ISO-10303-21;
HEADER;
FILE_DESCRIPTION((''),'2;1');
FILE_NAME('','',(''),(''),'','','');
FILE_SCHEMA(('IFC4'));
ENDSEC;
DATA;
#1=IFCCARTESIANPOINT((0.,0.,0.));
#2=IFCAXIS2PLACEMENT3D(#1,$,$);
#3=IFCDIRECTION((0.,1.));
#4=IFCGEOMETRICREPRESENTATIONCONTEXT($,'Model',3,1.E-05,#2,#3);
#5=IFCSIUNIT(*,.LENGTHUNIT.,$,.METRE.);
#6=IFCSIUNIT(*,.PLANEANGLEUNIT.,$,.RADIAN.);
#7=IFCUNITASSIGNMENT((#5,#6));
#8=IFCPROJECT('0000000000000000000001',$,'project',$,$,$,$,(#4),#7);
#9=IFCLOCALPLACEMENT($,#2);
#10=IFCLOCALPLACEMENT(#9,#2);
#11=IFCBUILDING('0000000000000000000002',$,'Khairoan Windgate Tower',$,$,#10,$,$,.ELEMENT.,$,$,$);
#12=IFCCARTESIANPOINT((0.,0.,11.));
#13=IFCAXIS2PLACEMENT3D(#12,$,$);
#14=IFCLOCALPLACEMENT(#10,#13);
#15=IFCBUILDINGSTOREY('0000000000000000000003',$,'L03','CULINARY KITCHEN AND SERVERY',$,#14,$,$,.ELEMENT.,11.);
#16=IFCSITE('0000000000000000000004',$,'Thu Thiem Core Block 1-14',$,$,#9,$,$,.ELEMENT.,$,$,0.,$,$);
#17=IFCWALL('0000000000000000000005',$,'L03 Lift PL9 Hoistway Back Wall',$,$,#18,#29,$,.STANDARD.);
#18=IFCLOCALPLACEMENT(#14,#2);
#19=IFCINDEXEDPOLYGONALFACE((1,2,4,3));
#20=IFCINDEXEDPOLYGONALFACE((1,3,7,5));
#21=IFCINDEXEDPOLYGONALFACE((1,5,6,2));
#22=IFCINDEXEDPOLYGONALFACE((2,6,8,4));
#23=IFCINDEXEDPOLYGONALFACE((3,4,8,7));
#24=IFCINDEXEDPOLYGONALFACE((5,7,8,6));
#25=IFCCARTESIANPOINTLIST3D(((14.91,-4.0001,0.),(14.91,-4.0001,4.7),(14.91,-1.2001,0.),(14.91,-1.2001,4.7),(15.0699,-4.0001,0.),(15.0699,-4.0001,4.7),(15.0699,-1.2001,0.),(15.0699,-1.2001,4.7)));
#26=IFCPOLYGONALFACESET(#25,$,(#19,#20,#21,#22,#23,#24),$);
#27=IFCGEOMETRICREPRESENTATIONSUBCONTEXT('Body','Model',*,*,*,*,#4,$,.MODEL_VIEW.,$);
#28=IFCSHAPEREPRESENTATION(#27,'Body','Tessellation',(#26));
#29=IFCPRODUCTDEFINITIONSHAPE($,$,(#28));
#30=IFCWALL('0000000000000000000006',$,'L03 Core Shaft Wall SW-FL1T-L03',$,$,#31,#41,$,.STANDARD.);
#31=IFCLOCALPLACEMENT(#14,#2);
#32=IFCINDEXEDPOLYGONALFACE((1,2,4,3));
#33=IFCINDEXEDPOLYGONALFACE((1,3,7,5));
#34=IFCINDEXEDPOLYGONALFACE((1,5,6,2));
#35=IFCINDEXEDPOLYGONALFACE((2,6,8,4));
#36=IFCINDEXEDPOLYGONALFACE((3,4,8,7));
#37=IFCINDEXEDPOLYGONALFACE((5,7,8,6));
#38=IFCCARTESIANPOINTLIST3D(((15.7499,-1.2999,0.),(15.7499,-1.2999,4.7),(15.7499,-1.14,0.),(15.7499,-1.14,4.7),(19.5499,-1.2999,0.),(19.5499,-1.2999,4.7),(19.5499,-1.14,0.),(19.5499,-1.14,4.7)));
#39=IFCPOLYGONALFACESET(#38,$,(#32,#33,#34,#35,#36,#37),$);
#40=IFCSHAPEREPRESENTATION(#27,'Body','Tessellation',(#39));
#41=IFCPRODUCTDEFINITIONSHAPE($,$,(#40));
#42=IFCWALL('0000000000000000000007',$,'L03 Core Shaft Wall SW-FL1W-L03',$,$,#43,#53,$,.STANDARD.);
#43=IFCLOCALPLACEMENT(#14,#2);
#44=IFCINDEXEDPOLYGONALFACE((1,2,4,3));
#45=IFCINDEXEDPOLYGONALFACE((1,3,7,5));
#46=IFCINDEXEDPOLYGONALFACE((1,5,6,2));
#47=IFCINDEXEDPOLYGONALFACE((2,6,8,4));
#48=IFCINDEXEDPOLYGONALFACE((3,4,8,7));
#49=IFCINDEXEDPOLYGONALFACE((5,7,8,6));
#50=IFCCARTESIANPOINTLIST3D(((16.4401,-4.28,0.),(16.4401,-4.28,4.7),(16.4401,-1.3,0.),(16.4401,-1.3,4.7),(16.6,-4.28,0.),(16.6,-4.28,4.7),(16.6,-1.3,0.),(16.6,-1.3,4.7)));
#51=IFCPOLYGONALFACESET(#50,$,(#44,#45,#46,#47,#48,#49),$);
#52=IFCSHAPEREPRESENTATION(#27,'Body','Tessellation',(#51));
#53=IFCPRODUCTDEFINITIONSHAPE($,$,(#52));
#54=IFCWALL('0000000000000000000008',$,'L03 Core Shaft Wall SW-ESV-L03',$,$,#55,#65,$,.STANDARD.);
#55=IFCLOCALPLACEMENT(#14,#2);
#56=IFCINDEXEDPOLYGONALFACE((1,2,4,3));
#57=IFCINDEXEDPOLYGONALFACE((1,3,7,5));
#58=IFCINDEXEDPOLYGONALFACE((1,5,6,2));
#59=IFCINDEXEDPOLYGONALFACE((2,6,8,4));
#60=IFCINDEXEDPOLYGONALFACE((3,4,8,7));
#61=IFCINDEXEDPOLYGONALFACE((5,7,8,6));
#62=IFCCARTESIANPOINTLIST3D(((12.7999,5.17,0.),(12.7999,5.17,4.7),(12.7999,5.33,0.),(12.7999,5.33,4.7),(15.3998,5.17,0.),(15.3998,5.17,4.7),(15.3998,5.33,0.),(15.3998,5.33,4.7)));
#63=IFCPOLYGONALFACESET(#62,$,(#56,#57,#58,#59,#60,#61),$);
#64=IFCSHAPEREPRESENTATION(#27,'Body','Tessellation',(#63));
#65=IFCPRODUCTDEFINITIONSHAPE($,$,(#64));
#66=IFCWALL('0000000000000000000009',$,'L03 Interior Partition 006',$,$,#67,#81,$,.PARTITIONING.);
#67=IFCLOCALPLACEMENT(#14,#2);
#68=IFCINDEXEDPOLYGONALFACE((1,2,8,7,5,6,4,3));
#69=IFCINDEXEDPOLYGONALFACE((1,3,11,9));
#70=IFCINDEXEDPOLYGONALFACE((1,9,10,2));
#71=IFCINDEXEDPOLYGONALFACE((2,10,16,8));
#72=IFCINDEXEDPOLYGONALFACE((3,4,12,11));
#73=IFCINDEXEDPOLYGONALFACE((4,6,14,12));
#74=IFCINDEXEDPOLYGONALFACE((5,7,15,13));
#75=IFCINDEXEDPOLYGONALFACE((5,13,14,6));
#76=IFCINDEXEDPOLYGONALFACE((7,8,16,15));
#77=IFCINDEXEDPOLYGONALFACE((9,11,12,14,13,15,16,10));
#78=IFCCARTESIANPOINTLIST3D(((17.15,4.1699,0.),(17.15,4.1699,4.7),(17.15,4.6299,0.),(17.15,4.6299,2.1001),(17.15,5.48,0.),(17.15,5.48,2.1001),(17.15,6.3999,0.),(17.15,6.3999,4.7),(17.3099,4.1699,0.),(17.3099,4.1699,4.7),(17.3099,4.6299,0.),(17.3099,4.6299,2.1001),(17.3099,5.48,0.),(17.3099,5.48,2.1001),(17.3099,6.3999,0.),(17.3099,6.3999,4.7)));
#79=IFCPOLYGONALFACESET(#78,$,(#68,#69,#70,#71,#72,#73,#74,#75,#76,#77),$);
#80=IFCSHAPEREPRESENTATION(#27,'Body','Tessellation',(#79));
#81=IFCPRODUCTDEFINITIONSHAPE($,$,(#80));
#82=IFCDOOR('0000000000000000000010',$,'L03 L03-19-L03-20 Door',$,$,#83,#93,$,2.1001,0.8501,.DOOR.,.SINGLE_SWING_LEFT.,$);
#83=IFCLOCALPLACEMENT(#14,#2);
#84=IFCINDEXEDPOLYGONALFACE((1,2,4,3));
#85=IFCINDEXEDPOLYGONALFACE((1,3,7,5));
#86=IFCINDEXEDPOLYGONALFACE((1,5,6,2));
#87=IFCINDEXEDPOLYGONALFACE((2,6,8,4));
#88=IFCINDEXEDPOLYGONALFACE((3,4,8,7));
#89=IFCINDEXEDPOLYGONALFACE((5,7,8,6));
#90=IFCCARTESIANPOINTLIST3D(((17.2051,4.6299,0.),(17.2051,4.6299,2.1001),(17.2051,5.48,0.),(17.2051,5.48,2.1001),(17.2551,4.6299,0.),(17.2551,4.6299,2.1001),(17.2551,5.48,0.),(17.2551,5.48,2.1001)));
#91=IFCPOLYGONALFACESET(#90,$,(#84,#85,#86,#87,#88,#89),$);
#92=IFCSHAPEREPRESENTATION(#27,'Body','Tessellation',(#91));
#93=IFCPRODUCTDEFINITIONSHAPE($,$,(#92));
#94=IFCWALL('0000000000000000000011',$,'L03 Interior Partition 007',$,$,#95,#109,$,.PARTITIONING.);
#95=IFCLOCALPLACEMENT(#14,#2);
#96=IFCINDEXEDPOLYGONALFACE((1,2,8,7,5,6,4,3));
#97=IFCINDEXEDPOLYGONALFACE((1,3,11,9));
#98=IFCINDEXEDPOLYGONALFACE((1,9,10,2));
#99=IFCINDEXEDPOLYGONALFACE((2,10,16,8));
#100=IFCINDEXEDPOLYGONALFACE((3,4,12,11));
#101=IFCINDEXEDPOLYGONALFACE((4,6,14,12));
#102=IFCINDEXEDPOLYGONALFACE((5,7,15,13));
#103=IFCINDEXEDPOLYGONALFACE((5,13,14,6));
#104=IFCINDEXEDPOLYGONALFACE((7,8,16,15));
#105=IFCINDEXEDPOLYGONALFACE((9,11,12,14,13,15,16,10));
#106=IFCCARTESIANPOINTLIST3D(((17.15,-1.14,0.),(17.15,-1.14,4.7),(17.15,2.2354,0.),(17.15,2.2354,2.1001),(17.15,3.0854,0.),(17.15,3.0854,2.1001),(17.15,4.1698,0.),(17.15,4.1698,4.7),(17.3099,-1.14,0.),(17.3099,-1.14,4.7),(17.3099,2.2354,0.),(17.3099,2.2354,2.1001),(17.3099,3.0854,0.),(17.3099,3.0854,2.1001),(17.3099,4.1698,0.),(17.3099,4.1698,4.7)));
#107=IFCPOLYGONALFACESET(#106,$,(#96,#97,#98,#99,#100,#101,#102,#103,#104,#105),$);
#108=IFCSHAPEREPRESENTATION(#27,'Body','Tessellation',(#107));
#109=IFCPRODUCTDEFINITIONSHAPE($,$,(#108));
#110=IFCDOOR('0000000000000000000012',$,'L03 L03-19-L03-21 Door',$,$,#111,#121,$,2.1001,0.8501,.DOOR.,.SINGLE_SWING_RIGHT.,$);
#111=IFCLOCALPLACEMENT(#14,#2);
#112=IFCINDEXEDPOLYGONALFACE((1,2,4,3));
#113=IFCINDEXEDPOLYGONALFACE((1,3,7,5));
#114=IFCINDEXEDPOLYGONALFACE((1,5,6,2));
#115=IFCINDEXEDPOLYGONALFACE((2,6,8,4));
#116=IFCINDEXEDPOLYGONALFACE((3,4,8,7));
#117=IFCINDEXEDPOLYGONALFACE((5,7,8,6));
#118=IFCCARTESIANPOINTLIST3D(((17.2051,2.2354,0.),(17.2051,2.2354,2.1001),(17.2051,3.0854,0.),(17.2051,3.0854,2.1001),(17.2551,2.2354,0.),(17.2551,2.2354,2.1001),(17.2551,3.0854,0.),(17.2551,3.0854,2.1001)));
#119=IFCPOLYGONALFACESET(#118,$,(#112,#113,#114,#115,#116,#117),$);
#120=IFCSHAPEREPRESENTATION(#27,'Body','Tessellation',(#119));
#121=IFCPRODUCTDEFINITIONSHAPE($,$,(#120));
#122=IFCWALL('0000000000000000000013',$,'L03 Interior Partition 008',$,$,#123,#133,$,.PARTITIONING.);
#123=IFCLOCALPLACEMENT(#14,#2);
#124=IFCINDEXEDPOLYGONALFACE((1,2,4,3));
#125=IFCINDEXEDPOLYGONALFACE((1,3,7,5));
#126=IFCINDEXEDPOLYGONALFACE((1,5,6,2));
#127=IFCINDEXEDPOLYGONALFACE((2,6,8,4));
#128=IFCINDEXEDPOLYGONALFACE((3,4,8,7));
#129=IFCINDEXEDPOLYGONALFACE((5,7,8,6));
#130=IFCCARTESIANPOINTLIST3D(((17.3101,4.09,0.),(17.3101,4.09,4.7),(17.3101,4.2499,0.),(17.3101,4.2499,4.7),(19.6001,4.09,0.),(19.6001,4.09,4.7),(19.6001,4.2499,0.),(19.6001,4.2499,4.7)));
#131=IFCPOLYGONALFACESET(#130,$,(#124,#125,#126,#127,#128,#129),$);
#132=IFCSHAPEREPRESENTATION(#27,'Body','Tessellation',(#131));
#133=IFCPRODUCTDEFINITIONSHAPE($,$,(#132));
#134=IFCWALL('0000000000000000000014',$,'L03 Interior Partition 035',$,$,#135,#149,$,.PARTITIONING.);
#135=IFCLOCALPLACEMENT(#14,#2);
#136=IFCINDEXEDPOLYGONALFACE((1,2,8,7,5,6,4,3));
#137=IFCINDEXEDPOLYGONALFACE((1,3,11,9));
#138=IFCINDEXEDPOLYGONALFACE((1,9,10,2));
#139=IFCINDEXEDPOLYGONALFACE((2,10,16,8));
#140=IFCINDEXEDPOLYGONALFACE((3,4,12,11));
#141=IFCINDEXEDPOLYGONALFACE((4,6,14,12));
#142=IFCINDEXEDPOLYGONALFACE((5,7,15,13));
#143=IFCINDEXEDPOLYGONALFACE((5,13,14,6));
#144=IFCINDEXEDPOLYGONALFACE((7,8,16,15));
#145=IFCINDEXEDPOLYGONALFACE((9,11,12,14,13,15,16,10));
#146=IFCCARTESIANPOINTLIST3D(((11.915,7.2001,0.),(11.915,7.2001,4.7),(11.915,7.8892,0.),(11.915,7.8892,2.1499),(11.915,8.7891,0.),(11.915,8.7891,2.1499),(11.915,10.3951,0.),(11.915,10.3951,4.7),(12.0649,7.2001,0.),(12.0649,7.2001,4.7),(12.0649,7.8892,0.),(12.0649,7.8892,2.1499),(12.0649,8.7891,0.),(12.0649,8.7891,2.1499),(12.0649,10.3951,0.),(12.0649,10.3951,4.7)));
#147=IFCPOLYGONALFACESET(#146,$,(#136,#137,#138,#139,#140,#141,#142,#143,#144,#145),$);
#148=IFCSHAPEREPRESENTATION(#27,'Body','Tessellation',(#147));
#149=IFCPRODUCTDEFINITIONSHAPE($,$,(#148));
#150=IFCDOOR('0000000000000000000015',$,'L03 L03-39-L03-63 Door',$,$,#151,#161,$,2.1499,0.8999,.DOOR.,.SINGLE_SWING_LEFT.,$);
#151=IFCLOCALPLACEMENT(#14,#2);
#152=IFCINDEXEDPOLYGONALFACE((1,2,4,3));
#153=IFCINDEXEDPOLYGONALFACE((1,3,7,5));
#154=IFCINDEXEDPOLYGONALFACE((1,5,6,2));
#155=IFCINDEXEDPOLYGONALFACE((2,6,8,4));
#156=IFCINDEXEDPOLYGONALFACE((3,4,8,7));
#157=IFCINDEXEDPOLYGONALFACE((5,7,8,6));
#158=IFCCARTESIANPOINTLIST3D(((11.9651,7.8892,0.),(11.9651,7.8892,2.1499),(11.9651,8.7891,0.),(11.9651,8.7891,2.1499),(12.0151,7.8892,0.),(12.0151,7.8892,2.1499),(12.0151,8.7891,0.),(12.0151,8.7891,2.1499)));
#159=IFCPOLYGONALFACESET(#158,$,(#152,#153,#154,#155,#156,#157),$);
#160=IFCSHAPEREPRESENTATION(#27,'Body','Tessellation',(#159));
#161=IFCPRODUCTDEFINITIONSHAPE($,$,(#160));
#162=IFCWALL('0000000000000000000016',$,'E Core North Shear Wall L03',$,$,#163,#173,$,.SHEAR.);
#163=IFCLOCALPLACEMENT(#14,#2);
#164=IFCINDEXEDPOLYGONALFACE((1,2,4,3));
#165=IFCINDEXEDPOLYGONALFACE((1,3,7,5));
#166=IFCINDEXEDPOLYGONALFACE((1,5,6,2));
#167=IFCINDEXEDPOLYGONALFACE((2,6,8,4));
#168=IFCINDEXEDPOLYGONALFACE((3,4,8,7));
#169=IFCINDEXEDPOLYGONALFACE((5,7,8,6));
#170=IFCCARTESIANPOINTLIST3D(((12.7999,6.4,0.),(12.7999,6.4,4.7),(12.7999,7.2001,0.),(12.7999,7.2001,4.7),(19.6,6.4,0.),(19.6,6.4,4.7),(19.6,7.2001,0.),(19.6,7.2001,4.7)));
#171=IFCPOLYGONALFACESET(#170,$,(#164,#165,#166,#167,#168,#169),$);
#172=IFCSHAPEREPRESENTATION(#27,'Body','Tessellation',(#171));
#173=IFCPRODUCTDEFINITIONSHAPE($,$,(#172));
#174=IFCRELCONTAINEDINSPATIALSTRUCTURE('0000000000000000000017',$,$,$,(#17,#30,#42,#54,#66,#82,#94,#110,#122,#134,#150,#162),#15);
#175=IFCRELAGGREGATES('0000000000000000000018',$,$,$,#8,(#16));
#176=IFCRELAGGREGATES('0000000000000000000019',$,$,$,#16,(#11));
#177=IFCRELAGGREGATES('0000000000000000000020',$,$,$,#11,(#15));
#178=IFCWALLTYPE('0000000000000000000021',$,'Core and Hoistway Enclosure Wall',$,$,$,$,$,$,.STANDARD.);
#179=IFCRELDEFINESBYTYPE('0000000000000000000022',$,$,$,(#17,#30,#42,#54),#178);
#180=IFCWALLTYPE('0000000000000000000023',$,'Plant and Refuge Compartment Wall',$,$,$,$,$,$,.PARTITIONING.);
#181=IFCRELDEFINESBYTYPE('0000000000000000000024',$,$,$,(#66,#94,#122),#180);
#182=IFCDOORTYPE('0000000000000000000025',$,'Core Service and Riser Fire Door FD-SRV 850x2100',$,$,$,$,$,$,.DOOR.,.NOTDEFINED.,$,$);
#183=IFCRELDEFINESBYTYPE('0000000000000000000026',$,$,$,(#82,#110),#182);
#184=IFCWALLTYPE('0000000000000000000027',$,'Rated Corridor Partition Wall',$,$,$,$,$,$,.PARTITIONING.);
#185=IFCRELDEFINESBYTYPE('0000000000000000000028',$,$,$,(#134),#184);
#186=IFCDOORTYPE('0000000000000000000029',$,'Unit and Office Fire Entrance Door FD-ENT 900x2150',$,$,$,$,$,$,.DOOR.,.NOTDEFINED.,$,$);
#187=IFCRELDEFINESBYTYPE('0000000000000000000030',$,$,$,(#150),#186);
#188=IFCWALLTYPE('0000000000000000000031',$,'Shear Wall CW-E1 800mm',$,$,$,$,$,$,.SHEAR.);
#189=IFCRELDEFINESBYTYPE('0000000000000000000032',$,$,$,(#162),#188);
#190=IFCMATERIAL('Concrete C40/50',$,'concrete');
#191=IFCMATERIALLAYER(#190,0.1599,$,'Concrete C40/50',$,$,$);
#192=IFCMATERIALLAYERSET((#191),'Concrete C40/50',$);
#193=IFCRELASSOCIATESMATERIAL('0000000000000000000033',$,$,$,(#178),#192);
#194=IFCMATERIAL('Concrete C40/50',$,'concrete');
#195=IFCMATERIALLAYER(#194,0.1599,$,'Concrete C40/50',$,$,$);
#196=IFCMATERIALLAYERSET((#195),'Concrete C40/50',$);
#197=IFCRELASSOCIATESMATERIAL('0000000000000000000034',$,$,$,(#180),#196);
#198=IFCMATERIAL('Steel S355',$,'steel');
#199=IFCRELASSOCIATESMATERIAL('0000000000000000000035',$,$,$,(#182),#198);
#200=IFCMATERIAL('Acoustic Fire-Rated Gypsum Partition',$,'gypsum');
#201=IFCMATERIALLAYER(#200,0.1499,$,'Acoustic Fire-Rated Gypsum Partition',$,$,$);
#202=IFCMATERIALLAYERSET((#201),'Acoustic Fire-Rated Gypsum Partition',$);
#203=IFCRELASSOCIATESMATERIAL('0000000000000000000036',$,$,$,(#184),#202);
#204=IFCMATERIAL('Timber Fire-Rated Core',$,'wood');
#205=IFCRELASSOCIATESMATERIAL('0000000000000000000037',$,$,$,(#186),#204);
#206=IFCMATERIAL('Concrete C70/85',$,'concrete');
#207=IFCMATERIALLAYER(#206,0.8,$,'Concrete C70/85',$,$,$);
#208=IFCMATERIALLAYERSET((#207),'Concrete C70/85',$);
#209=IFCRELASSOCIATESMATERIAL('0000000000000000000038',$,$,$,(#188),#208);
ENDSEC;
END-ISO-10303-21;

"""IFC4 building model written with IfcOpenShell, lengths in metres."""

from ifc_helpers import new_model, si_unit, direction, frame, frame_2d, origin, place, context, subcontext, project, spatial, rectangle, extrude, material, layer, layer_set, type_object, element, fill, save


model = new_model("IFC4")

# Units and contexts
model_context = context("Model", 3, precision=1e-05, world=origin(), true_north=direction((0.0, 1.0)))
body_context = subcontext(model_context, "Body", "Model", "MODEL_VIEW")
ifc_project = project(units=[si_unit("LENGTHUNIT", "METRE"), si_unit("PLANEANGLEUNIT", "RADIAN")], contexts=[model_context])

# Site, building, storey
site_placement = place(None, origin())
site = spatial("IfcSite", under=ifc_project, at=site_placement, Name="Thu Thiem Core Block 1-14", CompositionType="ELEMENT", RefElevation=0.0)
building_placement = place(site_placement, origin())
building = spatial("IfcBuilding", under=site, at=building_placement, Name="Khairoan Windgate Tower", CompositionType="ELEMENT")
storey_placement = place(building_placement, frame((0.0, 0.0, 11.0)))
storey = spatial("IfcBuildingStorey", under=building, at=storey_placement, Name="L03", Description="CULINARY KITCHEN AND SERVERY", CompositionType="ELEMENT", Elevation=11.0)

# Walls
ifc_material_1 = material(Name="Concrete C40/50", Category="concrete")
ifc_layer_1 = layer(ifc_material_1, 0.1599, Name="Concrete C40/50")
ifc_layer_set_1 = layer_set([ifc_layer_1], Name="Concrete C40/50")
wall_type_1 = type_object("IfcWallType", Name="Core and Hoistway Enclosure Wall", PredefinedType="STANDARD", material=ifc_layer_set_1)
wall_1_placement = place(storey_placement, frame((14.99, -4.0, 0.0), z_axis=(0.0, 0.0, 1.0), x_axis=(0.0, 1.0, 0.0)))
element("IfcWall", 1, at=wall_1_placement, inside=storey, type_object=wall_type_1, Name="L03 Lift PL9 Hoistway Back Wall", PredefinedType="STANDARD", context=body_context, shape_type="SweptSolid", body=[
    extrude(rectangle(XDim=2.8, YDim=0.1599, at=frame_2d((1.3999, 0.0))), origin(), (0.0, 0.0, 1.0), 4.7),
])
wall_2_placement = place(storey_placement, frame((15.75, -1.22, 0.0), z_axis=(0.0, 0.0, 1.0), x_axis=(1.0, 0.0, 0.0)))
element("IfcWall", 2, at=wall_2_placement, inside=storey, type_object=wall_type_1, Name="L03 Core Shaft Wall SW-FL1T-L03", PredefinedType="STANDARD", context=body_context, shape_type="SweptSolid", body=[
    extrude(rectangle(XDim=3.8, YDim=0.1599, at=frame_2d((1.8999, 0.0))), origin(), (0.0, 0.0, 1.0), 4.7),
])
wall_3_placement = place(storey_placement, frame((16.52, -4.28, 0.0), z_axis=(0.0, 0.0, 1.0), x_axis=(0.0, 1.0, 0.0)))
element("IfcWall", 3, at=wall_3_placement, inside=storey, type_object=wall_type_1, Name="L03 Core Shaft Wall SW-FL1W-L03", PredefinedType="STANDARD", context=body_context, shape_type="SweptSolid", body=[
    extrude(rectangle(XDim=2.98, YDim=0.1599, at=frame_2d((1.49, 0.0))), origin(), (0.0, 0.0, 1.0), 4.7),
])
wall_4_placement = place(storey_placement, frame((12.8, 5.25, 0.0), z_axis=(0.0, 0.0, 1.0), x_axis=(1.0, 0.0, 0.0)))
element("IfcWall", 4, at=wall_4_placement, inside=storey, type_object=wall_type_1, Name="L03 Core Shaft Wall SW-ESV-L03", PredefinedType="STANDARD", context=body_context, shape_type="SweptSolid", body=[
    extrude(rectangle(XDim=2.5999, YDim=0.1599, at=frame_2d((1.2998, 0.0))), origin(), (0.0, 0.0, 1.0), 4.7),
])

# Walls, openings, doors
ifc_material_2 = material(Name="Concrete C40/50", Category="concrete")
ifc_layer_2 = layer(ifc_material_2, 0.1599, Name="Concrete C40/50")
ifc_layer_set_2 = layer_set([ifc_layer_2], Name="Concrete C40/50")
wall_type_2 = type_object("IfcWallType", Name="Plant and Refuge Compartment Wall", PredefinedType="PARTITIONING", material=ifc_layer_set_2)
wall_5_placement = place(storey_placement, frame((17.23, 4.1699, 0.0), z_axis=(0.0, 0.0, 1.0), x_axis=(0.0, 1.0, 0.0)))
wall_5 = element("IfcWall", 5, at=wall_5_placement, inside=storey, type_object=wall_type_2, Name="L03 Interior Partition 006", PredefinedType="PARTITIONING", context=body_context, shape_type="SweptSolid", body=[
    extrude(rectangle(XDim=2.23, YDim=0.1599, at=frame_2d((1.115, 0.0))), origin(), (0.0, 0.0, 1.0), 4.7),
])
opening_1_placement = place(wall_5_placement, frame((0.46, 0.0, 0.0)))
opening_1 = element("IfcOpeningElement", 6, at=opening_1_placement, cuts=wall_5, PredefinedType="OPENING", context=body_context, shape_type="SweptSolid", body=[
    extrude(rectangle(XDim=0.8501, YDim=2.1001, at=frame_2d((0.425, 1.05))), frame((0.0, 0.0898, 0.0), z_axis=(0.0, -1.0, 0.0), x_axis=(1.0, 0.0, 0.0)), (0.0, 0.0, 1.0), 0.1799),
])
ifc_material_3 = material(Name="Steel S355", Category="steel")
door_type_1 = type_object("IfcDoorType", Name="Core Service and Riser Fire Door FD-SRV 850x2100", OperationType="NOTDEFINED", PredefinedType="DOOR", material=ifc_material_3)
door_1_placement = place(opening_1_placement, origin())
door_1 = element("IfcDoor", 7, at=door_1_placement, inside=storey, type_object=door_type_1, Name="L03 L03-19-L03-20 Door", OperationType="SINGLE_SWING_LEFT", OverallHeight=2.1001, OverallWidth=0.8501, PredefinedType="DOOR", context=body_context, shape_type="SweptSolid", body=[
    extrude(rectangle(XDim=0.8501, YDim=2.1001, at=frame_2d((0.425, 1.05))), frame((0.0, 0.0249, 0.0), z_axis=(0.0, -1.0, 0.0), x_axis=(1.0, 0.0, 0.0)), (0.0, 0.0, 1.0), 0.05),
])
fill(opening_1, door_1)
wall_6_placement = place(storey_placement, frame((17.23, -1.1399, 0.0), z_axis=(0.0, 0.0, 1.0), x_axis=(0.0, 1.0, 0.0)))
wall_6 = element("IfcWall", 8, at=wall_6_placement, inside=storey, type_object=wall_type_2, Name="L03 Interior Partition 007", PredefinedType="PARTITIONING", context=body_context, shape_type="SweptSolid", body=[
    extrude(rectangle(XDim=5.3098, YDim=0.1599, at=frame_2d((2.6548, 0.0))), origin(), (0.0, 0.0, 1.0), 4.7),
])
opening_2_placement = place(wall_6_placement, frame((3.3752, 0.0, 0.0)))
opening_2 = element("IfcOpeningElement", 9, at=opening_2_placement, cuts=wall_6, PredefinedType="OPENING", context=body_context, shape_type="SweptSolid", body=[
    extrude(rectangle(XDim=0.8501, YDim=2.1001, at=frame_2d((0.425, 1.05))), frame((0.0, 0.0898, 0.0), z_axis=(0.0, -1.0, 0.0), x_axis=(1.0, 0.0, 0.0)), (0.0, 0.0, 1.0), 0.1799),
])
door_2_placement = place(opening_2_placement, origin())
door_2 = element("IfcDoor", 10, at=door_2_placement, inside=storey, type_object=door_type_1, Name="L03 L03-19-L03-21 Door", OperationType="SINGLE_SWING_RIGHT", OverallHeight=2.1001, OverallWidth=0.8501, PredefinedType="DOOR", context=body_context, shape_type="SweptSolid", body=[
    extrude(rectangle(XDim=0.8501, YDim=2.1001, at=frame_2d((0.425, 1.05))), frame((0.0, 0.0249, 0.0), z_axis=(0.0, -1.0, 0.0), x_axis=(1.0, 0.0, 0.0)), (0.0, 0.0, 1.0), 0.05),
])
fill(opening_2, door_2)

# Wall
wall_7_placement = place(storey_placement, frame((17.3101, 4.1699, 0.0), z_axis=(0.0, 0.0, 1.0), x_axis=(1.0, 0.0, 0.0)))
element("IfcWall", 11, at=wall_7_placement, inside=storey, type_object=wall_type_2, Name="L03 Interior Partition 008", PredefinedType="PARTITIONING", context=body_context, shape_type="SweptSolid", body=[
    extrude(rectangle(XDim=2.29, YDim=0.1599, at=frame_2d((1.145, 0.0))), origin(), (0.0, 0.0, 1.0), 4.7),
])

# Wall, opening, door
ifc_material_4 = material(Name="Acoustic Fire-Rated Gypsum Partition", Category="gypsum")
ifc_layer_3 = layer(ifc_material_4, 0.1499, Name="Acoustic Fire-Rated Gypsum Partition")
ifc_layer_set_3 = layer_set([ifc_layer_3], Name="Acoustic Fire-Rated Gypsum Partition")
wall_type_3 = type_object("IfcWallType", Name="Rated Corridor Partition Wall", PredefinedType="PARTITIONING", material=ifc_layer_set_3)
wall_8_placement = place(storey_placement, frame((11.99, 7.2, 0.0), z_axis=(0.0, 0.0, 1.0), x_axis=(0.0, 1.0, 0.0)))
wall_8 = element("IfcWall", 12, at=wall_8_placement, inside=storey, type_object=wall_type_3, Name="L03 Interior Partition 035", PredefinedType="PARTITIONING", context=body_context, shape_type="SweptSolid", body=[
    extrude(rectangle(XDim=3.1951, YDim=0.1499, at=frame_2d((1.5977, 0.0))), origin(), (0.0, 0.0, 1.0), 4.7),
])
opening_3_placement = place(wall_8_placement, frame((0.6892, 0.0, 0.0)))
opening_3 = element("IfcOpeningElement", 13, at=opening_3_placement, cuts=wall_8, PredefinedType="OPENING", context=body_context, shape_type="SweptSolid", body=[
    extrude(rectangle(XDim=0.8999, YDim=2.1499, at=frame_2d((0.45, 1.075))), frame((0.0, 0.085, 0.0), z_axis=(0.0, -1.0, 0.0), x_axis=(1.0, 0.0, 0.0)), (0.0, 0.0, 1.0), 0.1699),
])
ifc_material_5 = material(Name="Timber Fire-Rated Core", Category="wood")
door_type_2 = type_object("IfcDoorType", Name="Unit and Office Fire Entrance Door FD-ENT 900x2150", OperationType="NOTDEFINED", PredefinedType="DOOR", material=ifc_material_5)
door_3_placement = place(opening_3_placement, origin())
door_3 = element("IfcDoor", 14, at=door_3_placement, inside=storey, type_object=door_type_2, Name="L03 L03-39-L03-63 Door", OperationType="SINGLE_SWING_LEFT", OverallHeight=2.1499, OverallWidth=0.8999, PredefinedType="DOOR", context=body_context, shape_type="SweptSolid", body=[
    extrude(rectangle(XDim=0.8999, YDim=2.1499, at=frame_2d((0.45, 1.075))), frame((0.0, 0.0249, 0.0), z_axis=(0.0, -1.0, 0.0), x_axis=(1.0, 0.0, 0.0)), (0.0, 0.0, 1.0), 0.05),
])
fill(opening_3, door_3)

# Wall
ifc_material_6 = material(Name="Concrete C70/85", Category="concrete")
ifc_layer_4 = layer(ifc_material_6, 0.8, Name="Concrete C70/85")
ifc_layer_set_4 = layer_set([ifc_layer_4], Name="Concrete C70/85")
wall_type_4 = type_object("IfcWallType", Name="Shear Wall CW-E1 800mm", PredefinedType="SHEAR", material=ifc_layer_set_4)
wall_9_placement = place(storey_placement, frame((12.8, 6.8, 0.0), z_axis=(0.0, 0.0, 1.0), x_axis=(1.0, 0.0, 0.0)))
element("IfcWall", 15, at=wall_9_placement, inside=storey, type_object=wall_type_4, Name="E Core North Shear Wall L03", PredefinedType="SHEAR", context=body_context, shape_type="SweptSolid", body=[
    extrude(rectangle(XDim=6.8, YDim=0.8, at=frame_2d((3.3999, 0.0))), origin(), (0.0, 0.0, 1.0), 4.7),
])

save(model, "model.ifc")
